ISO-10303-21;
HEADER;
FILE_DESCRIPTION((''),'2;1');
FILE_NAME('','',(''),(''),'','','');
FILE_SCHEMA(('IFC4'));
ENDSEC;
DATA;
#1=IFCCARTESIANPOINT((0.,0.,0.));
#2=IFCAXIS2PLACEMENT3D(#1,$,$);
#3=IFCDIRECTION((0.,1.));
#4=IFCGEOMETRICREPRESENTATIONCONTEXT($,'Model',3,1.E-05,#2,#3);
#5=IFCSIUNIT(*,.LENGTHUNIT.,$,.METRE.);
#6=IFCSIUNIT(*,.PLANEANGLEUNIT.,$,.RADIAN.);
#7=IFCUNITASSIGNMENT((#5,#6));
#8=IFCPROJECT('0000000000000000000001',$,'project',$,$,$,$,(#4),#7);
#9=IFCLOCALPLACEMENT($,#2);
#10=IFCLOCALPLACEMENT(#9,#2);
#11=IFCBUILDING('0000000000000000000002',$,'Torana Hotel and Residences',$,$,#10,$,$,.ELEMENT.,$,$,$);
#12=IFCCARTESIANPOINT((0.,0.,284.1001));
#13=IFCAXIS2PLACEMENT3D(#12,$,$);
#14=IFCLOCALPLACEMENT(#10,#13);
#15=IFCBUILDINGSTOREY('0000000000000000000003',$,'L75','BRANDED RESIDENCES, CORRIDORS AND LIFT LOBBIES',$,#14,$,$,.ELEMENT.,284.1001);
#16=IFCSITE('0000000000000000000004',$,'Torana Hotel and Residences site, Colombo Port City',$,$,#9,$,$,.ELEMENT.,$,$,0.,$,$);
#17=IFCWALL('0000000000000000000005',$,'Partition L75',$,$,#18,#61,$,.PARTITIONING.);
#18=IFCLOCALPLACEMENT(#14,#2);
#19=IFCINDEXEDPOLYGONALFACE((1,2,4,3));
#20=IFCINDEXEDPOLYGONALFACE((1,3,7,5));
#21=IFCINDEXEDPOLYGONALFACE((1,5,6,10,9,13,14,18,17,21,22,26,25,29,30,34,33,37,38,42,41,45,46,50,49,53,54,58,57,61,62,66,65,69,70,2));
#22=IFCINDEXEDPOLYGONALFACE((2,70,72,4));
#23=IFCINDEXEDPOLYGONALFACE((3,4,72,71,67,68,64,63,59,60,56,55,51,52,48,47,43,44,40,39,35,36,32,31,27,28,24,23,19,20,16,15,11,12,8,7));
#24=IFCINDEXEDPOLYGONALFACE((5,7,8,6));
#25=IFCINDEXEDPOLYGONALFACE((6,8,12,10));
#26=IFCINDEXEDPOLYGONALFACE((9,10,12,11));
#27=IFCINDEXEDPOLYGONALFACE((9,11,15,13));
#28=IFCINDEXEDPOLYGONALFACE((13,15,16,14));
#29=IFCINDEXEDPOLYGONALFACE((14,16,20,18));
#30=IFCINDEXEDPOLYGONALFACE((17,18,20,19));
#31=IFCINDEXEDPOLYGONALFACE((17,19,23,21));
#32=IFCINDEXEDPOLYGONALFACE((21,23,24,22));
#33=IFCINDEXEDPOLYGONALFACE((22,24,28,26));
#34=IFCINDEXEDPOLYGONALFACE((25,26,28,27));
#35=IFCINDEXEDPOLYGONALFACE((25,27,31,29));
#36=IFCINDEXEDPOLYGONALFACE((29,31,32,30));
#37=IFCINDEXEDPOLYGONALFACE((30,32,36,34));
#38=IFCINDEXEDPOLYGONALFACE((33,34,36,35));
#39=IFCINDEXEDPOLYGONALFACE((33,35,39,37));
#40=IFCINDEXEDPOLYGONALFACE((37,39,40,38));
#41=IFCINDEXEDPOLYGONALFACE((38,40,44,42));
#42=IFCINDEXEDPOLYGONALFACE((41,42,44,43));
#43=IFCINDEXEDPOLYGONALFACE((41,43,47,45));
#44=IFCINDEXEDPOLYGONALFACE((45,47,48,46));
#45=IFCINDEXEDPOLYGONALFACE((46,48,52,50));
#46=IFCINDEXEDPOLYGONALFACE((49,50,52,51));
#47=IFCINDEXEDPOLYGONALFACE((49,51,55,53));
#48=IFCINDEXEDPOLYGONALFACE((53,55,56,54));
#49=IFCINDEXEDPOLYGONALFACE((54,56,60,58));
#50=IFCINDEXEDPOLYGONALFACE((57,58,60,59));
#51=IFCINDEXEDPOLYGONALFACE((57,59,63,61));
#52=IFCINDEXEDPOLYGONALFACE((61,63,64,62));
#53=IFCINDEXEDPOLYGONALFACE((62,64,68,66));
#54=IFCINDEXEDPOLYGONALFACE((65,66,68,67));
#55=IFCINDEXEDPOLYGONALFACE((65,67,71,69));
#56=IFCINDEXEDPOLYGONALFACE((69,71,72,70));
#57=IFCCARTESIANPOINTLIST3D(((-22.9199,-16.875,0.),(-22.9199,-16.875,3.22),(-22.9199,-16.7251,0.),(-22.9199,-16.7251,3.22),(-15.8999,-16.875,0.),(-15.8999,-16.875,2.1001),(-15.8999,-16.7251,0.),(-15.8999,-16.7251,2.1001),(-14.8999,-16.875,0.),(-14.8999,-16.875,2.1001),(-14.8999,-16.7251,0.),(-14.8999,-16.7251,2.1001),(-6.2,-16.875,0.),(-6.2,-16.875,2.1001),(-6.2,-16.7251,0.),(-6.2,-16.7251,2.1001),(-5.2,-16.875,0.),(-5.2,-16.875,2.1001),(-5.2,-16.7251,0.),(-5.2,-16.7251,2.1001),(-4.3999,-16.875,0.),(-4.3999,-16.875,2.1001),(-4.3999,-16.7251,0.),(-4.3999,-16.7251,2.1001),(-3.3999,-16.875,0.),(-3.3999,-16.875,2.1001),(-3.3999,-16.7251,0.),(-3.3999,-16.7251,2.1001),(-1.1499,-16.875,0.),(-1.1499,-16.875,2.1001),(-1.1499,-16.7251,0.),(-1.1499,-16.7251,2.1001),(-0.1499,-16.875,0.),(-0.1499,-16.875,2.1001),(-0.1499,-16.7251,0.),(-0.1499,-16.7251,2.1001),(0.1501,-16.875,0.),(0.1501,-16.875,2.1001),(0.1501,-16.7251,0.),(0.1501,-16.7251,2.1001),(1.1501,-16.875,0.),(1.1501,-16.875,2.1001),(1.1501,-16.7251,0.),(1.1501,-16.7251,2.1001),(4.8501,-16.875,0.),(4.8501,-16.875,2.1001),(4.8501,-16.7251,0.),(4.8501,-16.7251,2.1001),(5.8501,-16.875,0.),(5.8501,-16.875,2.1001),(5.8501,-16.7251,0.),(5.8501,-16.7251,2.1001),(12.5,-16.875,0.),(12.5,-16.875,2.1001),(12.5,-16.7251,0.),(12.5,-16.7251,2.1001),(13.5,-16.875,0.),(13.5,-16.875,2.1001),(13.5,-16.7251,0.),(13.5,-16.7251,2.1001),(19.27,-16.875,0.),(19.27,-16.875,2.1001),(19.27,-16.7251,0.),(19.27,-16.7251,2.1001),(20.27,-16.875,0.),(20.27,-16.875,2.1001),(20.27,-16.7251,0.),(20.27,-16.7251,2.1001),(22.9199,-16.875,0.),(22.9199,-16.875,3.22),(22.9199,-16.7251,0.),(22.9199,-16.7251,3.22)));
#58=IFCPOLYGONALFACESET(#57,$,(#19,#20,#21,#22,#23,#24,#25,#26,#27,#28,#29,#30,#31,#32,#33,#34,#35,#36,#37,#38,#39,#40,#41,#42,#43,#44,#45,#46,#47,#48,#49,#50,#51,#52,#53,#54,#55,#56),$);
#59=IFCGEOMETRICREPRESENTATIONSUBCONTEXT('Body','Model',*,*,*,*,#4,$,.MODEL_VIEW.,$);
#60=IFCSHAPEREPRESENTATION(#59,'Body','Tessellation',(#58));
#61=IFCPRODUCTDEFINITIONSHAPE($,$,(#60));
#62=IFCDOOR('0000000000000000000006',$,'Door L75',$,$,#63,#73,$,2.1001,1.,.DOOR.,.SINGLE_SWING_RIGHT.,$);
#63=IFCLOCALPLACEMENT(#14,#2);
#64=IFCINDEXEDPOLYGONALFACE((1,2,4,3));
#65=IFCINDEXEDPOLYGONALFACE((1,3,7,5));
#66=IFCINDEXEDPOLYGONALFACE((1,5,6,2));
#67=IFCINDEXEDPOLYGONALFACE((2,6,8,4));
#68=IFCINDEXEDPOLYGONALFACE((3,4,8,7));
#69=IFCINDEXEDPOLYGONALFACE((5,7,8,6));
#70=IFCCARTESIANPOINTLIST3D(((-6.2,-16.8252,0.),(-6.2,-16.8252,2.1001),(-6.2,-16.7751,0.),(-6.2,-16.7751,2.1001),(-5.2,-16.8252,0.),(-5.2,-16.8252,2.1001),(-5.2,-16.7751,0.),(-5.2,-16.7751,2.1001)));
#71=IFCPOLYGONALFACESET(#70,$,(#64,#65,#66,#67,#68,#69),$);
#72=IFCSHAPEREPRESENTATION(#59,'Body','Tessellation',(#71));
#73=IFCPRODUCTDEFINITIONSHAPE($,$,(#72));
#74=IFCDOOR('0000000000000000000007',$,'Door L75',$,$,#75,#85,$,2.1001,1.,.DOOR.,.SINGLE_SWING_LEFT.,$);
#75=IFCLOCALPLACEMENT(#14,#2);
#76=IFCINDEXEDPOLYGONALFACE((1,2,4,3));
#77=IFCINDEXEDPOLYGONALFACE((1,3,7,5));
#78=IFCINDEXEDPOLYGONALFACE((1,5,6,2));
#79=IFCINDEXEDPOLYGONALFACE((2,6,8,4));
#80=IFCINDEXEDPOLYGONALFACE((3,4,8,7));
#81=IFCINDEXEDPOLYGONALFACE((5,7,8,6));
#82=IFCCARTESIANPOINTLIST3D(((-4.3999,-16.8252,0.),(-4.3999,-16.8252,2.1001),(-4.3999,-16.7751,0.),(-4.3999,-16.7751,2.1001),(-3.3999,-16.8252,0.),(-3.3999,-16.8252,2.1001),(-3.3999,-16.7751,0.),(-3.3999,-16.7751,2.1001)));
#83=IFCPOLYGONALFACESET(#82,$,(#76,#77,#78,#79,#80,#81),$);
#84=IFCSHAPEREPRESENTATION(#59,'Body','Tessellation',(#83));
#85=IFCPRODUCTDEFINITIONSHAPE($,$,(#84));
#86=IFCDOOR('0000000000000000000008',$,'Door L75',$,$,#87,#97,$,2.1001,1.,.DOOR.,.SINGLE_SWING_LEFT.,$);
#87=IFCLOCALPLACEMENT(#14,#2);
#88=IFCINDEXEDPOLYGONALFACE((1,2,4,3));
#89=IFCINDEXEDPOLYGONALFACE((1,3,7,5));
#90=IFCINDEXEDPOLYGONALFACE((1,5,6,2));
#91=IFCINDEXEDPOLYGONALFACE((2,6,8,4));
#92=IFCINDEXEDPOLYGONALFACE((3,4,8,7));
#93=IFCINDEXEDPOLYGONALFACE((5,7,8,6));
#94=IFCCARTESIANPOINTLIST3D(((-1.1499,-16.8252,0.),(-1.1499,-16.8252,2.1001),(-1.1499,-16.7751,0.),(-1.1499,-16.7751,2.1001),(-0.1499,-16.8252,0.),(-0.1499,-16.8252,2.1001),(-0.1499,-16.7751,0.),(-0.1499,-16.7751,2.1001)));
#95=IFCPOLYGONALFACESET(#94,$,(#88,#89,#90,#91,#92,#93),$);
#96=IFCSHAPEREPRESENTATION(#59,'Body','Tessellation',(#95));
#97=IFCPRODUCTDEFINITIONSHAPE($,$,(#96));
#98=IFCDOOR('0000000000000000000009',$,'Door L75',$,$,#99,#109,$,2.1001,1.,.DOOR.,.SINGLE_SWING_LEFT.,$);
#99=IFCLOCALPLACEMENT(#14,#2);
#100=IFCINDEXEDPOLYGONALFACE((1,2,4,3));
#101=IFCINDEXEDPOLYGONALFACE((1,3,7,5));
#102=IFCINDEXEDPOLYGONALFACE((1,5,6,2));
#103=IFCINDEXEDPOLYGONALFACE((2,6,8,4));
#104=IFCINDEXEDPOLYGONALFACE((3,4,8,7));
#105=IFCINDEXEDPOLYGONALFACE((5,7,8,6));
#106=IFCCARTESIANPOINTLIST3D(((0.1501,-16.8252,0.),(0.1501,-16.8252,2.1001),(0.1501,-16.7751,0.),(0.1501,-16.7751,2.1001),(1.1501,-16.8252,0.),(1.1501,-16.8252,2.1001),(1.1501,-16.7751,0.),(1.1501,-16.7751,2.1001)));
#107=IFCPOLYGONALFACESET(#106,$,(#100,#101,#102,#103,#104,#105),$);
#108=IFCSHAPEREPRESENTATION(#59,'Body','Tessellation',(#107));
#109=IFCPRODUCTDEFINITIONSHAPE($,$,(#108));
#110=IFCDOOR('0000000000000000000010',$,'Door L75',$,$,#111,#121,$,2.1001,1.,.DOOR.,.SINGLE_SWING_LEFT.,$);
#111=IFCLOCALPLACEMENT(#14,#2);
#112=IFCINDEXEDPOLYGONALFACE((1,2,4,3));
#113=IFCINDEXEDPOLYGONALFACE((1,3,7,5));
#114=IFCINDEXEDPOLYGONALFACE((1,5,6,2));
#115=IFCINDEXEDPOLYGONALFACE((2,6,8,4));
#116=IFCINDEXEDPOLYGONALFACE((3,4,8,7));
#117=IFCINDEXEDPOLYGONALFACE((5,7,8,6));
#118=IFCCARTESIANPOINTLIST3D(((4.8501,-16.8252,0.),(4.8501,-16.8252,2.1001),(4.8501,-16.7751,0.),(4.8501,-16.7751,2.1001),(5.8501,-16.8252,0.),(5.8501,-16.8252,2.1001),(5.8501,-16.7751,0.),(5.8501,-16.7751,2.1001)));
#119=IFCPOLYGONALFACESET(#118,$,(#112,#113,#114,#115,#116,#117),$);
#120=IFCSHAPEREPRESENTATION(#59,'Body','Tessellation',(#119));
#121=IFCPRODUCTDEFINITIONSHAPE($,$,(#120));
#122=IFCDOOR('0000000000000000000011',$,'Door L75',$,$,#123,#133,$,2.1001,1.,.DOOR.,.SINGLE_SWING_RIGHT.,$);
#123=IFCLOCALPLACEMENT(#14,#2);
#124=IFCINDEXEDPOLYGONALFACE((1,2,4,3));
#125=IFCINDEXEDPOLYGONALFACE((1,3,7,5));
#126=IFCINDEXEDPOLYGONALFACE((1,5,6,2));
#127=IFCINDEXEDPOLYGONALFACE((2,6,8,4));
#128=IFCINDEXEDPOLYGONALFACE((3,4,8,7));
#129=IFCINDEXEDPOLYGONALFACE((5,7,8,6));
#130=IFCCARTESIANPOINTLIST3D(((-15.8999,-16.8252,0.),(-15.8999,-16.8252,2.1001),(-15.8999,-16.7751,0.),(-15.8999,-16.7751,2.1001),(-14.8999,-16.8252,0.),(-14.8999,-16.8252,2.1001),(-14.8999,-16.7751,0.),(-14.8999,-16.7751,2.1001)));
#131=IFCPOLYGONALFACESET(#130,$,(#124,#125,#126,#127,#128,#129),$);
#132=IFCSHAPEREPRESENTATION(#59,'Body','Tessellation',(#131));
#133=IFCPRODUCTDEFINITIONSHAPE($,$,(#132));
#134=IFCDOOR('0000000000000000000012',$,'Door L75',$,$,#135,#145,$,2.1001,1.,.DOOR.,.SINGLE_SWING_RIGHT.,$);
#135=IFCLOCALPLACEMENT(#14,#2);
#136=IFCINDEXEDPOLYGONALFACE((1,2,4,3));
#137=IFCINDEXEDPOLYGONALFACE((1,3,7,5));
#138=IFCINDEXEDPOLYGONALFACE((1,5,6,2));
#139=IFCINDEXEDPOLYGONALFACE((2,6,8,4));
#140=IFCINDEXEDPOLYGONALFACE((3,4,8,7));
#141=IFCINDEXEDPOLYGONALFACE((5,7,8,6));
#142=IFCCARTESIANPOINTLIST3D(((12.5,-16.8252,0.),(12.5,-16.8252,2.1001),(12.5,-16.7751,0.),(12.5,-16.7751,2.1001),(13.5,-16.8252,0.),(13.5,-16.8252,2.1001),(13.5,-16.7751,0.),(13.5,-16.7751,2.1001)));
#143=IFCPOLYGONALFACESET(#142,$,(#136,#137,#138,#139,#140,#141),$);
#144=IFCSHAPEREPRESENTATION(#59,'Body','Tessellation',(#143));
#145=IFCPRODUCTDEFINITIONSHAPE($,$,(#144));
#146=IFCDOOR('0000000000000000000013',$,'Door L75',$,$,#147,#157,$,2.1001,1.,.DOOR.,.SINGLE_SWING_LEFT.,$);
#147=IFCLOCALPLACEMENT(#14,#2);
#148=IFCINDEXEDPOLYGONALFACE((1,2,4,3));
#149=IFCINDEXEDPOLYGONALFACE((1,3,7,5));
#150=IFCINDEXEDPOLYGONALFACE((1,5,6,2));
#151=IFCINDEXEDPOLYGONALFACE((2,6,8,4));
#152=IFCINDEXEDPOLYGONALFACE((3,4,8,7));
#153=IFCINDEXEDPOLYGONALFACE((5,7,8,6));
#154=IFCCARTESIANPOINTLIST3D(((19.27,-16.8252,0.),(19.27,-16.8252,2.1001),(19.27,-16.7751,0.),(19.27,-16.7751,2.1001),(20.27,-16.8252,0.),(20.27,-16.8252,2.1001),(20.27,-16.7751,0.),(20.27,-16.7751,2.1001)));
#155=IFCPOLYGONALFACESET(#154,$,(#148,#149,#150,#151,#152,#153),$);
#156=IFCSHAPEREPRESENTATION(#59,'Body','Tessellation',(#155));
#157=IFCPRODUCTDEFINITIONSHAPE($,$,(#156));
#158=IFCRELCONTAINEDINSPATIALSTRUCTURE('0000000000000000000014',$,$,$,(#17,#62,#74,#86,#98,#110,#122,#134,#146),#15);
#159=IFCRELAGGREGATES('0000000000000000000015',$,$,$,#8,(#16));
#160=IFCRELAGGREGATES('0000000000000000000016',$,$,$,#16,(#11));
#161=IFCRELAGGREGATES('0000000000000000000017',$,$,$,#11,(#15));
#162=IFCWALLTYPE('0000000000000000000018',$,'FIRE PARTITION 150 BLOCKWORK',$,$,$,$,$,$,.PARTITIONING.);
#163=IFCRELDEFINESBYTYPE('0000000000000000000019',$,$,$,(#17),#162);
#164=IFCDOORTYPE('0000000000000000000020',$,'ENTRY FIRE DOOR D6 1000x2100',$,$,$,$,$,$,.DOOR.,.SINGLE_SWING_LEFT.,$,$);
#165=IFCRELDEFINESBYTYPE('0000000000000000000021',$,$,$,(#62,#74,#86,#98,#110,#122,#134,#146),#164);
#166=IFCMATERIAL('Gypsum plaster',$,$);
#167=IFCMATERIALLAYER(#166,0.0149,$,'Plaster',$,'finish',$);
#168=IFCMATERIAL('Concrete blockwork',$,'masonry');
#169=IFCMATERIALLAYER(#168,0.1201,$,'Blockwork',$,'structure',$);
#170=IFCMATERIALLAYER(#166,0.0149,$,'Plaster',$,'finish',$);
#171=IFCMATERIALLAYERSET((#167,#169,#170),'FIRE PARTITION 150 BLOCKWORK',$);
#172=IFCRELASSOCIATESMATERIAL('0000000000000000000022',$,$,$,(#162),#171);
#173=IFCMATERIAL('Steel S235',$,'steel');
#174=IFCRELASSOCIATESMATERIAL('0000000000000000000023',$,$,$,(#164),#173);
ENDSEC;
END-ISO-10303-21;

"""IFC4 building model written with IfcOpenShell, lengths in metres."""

from ifc_helpers import new_model, si_unit, direction, frame, frame_2d, origin, place, context, subcontext, project, spatial, rectangle, extrude, material, layer, layer_set, type_object, element, fill, save


model = new_model("IFC4")

# Units and contexts
model_context = context("Model", 3, precision=1e-05, world=origin(), true_north=direction((0.0, 1.0)))
body_context = subcontext(model_context, "Body", "Model", "MODEL_VIEW")
ifc_project = project(units=[si_unit("LENGTHUNIT", "METRE"), si_unit("PLANEANGLEUNIT", "RADIAN")], contexts=[model_context])

# Site, building, storey
site_placement = place(None, origin())
site = spatial("IfcSite", under=ifc_project, at=site_placement, Name="Torana Hotel and Residences site, Colombo Port City", CompositionType="ELEMENT", RefElevation=0.0)
building_placement = place(site_placement, origin())
building = spatial("IfcBuilding", under=site, at=building_placement, Name="Torana Hotel and Residences", CompositionType="ELEMENT")
storey_placement = place(building_placement, frame((0.0, 0.0, 284.1001)))
storey = spatial("IfcBuildingStorey", under=building, at=storey_placement, Name="L75", Description="BRANDED RESIDENCES, CORRIDORS AND LIFT LOBBIES", CompositionType="ELEMENT", Elevation=284.1001)

# Shared definitions
ifc_material_1 = material(Name="Gypsum plaster")
ifc_layer_1 = layer(ifc_material_1, 0.0149, Name="Plaster", Category="finish")
ifc_material_2 = material(Name="Concrete blockwork", Category="masonry")
ifc_layer_2 = layer(ifc_material_2, 0.1201, Name="Blockwork", Category="structure")
ifc_layer_3 = layer(ifc_material_1, 0.0149, Name="Plaster", Category="finish")
ifc_layer_set_1 = layer_set([ifc_layer_1, ifc_layer_2, ifc_layer_3], Name="FIRE PARTITION 150 BLOCKWORK")
wall_type_1 = type_object("IfcWallType", Name="FIRE PARTITION 150 BLOCKWORK", PredefinedType="PARTITIONING", material=ifc_layer_set_1)
ifc_material_3 = material(Name="Steel S235", Category="steel")
door_type_1 = type_object("IfcDoorType", Name="ENTRY FIRE DOOR D6 1000x2100", OperationType="SINGLE_SWING_LEFT", PredefinedType="DOOR", material=ifc_material_3)

# Wall, openings, doors
wall_1_placement = place(storey_placement, frame((-22.9199, -16.8, 0.0), z_axis=(0.0, 0.0, 1.0), x_axis=(1.0, 0.0, 0.0)))
wall_1 = element("IfcWall", 1, at=wall_1_placement, inside=storey, type_object=wall_type_1, Name="Partition L75", PredefinedType="PARTITIONING", context=body_context, shape_type="SweptSolid", body=[
    extrude(rectangle(XDim=45.8398, YDim=0.1499, at=frame_2d((22.9199, 0.0))), origin(), (0.0, 0.0, 1.0), 3.22),
])
opening_1_placement = place(wall_1_placement, frame((16.72, 0.0, 0.0)))
opening_1 = element("IfcOpeningElement", 2, at=opening_1_placement, cuts=wall_1, PredefinedType="OPENING", context=body_context, shape_type="SweptSolid", body=[
    extrude(rectangle(XDim=1.0, YDim=2.1001, at=frame_2d((0.5, 1.05))), frame((0.0, 0.085, 0.0), z_axis=(0.0, -1.0, 0.0), x_axis=(1.0, 0.0, 0.0)), (0.0, 0.0, 1.0), 0.1699),
])
opening_2_placement = place(wall_1_placement, frame((18.52, 0.0, 0.0)))
opening_2 = element("IfcOpeningElement", 3, at=opening_2_placement, cuts=wall_1, PredefinedType="OPENING", context=body_context, shape_type="SweptSolid", body=[
    extrude(rectangle(XDim=1.0, YDim=2.1001, at=frame_2d((0.5, 1.05))), frame((0.0, 0.085, 0.0), z_axis=(0.0, -1.0, 0.0), x_axis=(1.0, 0.0, 0.0)), (0.0, 0.0, 1.0), 0.1699),
])
opening_3_placement = place(wall_1_placement, frame((21.77, 0.0, 0.0)))
opening_3 = element("IfcOpeningElement", 4, at=opening_3_placement, cuts=wall_1, PredefinedType="OPENING", context=body_context, shape_type="SweptSolid", body=[
    extrude(rectangle(XDim=1.0, YDim=2.1001, at=frame_2d((0.5, 1.05))), frame((0.0, 0.085, 0.0), z_axis=(0.0, -1.0, 0.0), x_axis=(1.0, 0.0, 0.0)), (0.0, 0.0, 1.0), 0.1699),
])
opening_4_placement = place(wall_1_placement, frame((23.0701, 0.0, 0.0)))
opening_4 = element("IfcOpeningElement", 5, at=opening_4_placement, cuts=wall_1, PredefinedType="OPENING", context=body_context, shape_type="SweptSolid", body=[
    extrude(rectangle(XDim=1.0, YDim=2.1001, at=frame_2d((0.5, 1.05))), frame((0.0, 0.085, 0.0), z_axis=(0.0, -1.0, 0.0), x_axis=(1.0, 0.0, 0.0)), (0.0, 0.0, 1.0), 0.1699),
])
opening_5_placement = place(wall_1_placement, frame((27.77, 0.0, 0.0)))
opening_5 = element("IfcOpeningElement", 6, at=opening_5_placement, cuts=wall_1, PredefinedType="OPENING", context=body_context, shape_type="SweptSolid", body=[
    extrude(rectangle(XDim=1.0, YDim=2.1001, at=frame_2d((0.5, 1.05))), frame((0.0, 0.085, 0.0), z_axis=(0.0, -1.0, 0.0), x_axis=(1.0, 0.0, 0.0)), (0.0, 0.0, 1.0), 0.1699),
])
opening_6_placement = place(wall_1_placement, frame((7.02, 0.0, 0.0)))
opening_6 = element("IfcOpeningElement", 7, at=opening_6_placement, cuts=wall_1, PredefinedType="OPENING", context=body_context, shape_type="SweptSolid", body=[
    extrude(rectangle(XDim=1.0, YDim=2.1001, at=frame_2d((0.5, 1.05))), frame((0.0, 0.085, 0.0), z_axis=(0.0, -1.0, 0.0), x_axis=(1.0, 0.0, 0.0)), (0.0, 0.0, 1.0), 0.1699),
])
opening_7_placement = place(wall_1_placement, frame((35.4199, 0.0, 0.0)))
opening_7 = element("IfcOpeningElement", 8, at=opening_7_placement, cuts=wall_1, PredefinedType="OPENING", context=body_context, shape_type="SweptSolid", body=[
    extrude(rectangle(XDim=1.0, YDim=2.1001, at=frame_2d((0.5, 1.05))), frame((0.0, 0.085, 0.0), z_axis=(0.0, -1.0, 0.0), x_axis=(1.0, 0.0, 0.0)), (0.0, 0.0, 1.0), 0.1699),
])
opening_8_placement = place(wall_1_placement, frame((42.1899, 0.0, 0.0)))
opening_8 = element("IfcOpeningElement", 9, at=opening_8_placement, cuts=wall_1, PredefinedType="OPENING", context=body_context, shape_type="SweptSolid", body=[
    extrude(rectangle(XDim=1.0, YDim=2.1001, at=frame_2d((0.5, 1.05))), frame((0.0, 0.085, 0.0), z_axis=(0.0, -1.0, 0.0), x_axis=(1.0, 0.0, 0.0)), (0.0, 0.0, 1.0), 0.1699),
])
door_1_placement = place(opening_1_placement, origin())
door_1 = element("IfcDoor", 10, at=door_1_placement, inside=storey, type_object=door_type_1, Name="Door L75", OperationType="SINGLE_SWING_RIGHT", OverallHeight=2.1001, OverallWidth=1.0, PredefinedType="DOOR", context=body_context, shape_type="SweptSolid", body=[
    extrude(rectangle(XDim=1.0, YDim=2.1001, at=frame_2d((0.5, 1.05))), frame((0.0, 0.0249, 0.0), z_axis=(0.0, -1.0, 0.0), x_axis=(1.0, 0.0, 0.0)), (0.0, 0.0, 1.0), 0.05),
])
fill(opening_1, door_1)
door_2_placement = place(opening_2_placement, frame((0.5, 0.0, 0.0), z_axis=(0.0, 0.0, 1.0), x_axis=(-1.0, 0.0, 0.0)))
door_2 = element("IfcDoor", 11, at=door_2_placement, inside=storey, type_object=door_type_1, Name="Door L75", OperationType="SINGLE_SWING_LEFT", OverallHeight=2.1001, OverallWidth=1.0, PredefinedType="DOOR", context=body_context, shape_type="SweptSolid", body=[
    extrude(rectangle(XDim=1.0, YDim=2.1001, at=frame_2d((0.0, 1.05))), frame((0.0, -0.0249, 0.0), z_axis=(0.0, 1.0, 0.0), x_axis=(-1.0, 0.0, 0.0)), (0.0, 0.0, 1.0), 0.05),
])
fill(opening_2, door_2)
door_3_placement = place(opening_3_placement, frame((0.5, 0.0, 0.0), z_axis=(0.0, 0.0, 1.0), x_axis=(-1.0, 0.0, 0.0)))
door_3 = element("IfcDoor", 12, at=door_3_placement, inside=storey, type_object=door_type_1, Name="Door L75", OperationType="SINGLE_SWING_LEFT", OverallHeight=2.1001, OverallWidth=1.0, PredefinedType="DOOR", context=body_context, shape_type="SweptSolid", body=[
    extrude(rectangle(XDim=1.0, YDim=2.1001, at=frame_2d((0.0, 1.05))), frame((0.0, -0.0249, 0.0), z_axis=(0.0, 1.0, 0.0), x_axis=(-1.0, 0.0, 0.0)), (0.0, 0.0, 1.0), 0.05),
])
fill(opening_3, door_3)
door_4_placement = place(opening_4_placement, frame((0.5, 0.0, 0.0), z_axis=(0.0, 0.0, 1.0), x_axis=(-1.0, 0.0, 0.0)))
door_4 = element("IfcDoor", 13, at=door_4_placement, inside=storey, type_object=door_type_1, Name="Door L75", OperationType="SINGLE_SWING_LEFT", OverallHeight=2.1001, OverallWidth=1.0, PredefinedType="DOOR", context=body_context, shape_type="SweptSolid", body=[
    extrude(rectangle(XDim=1.0, YDim=2.1001, at=frame_2d((0.0, 1.05))), frame((0.0, -0.0249, 0.0), z_axis=(0.0, 1.0, 0.0), x_axis=(-1.0, 0.0, 0.0)), (0.0, 0.0, 1.0), 0.05),
])
fill(opening_4, door_4)
door_5_placement = place(opening_5_placement, frame((0.5, 0.0, 0.0), z_axis=(0.0, 0.0, 1.0), x_axis=(-1.0, 0.0, 0.0)))
door_5 = element("IfcDoor", 14, at=door_5_placement, inside=storey, type_object=door_type_1, Name="Door L75", OperationType="SINGLE_SWING_LEFT", OverallHeight=2.1001, OverallWidth=1.0, PredefinedType="DOOR", context=body_context, shape_type="SweptSolid", body=[
    extrude(rectangle(XDim=1.0, YDim=2.1001, at=frame_2d((0.0, 1.05))), frame((0.0, -0.0249, 0.0), z_axis=(0.0, 1.0, 0.0), x_axis=(-1.0, 0.0, 0.0)), (0.0, 0.0, 1.0), 0.05),
])
fill(opening_5, door_5)
door_6_placement = place(opening_6_placement, origin())
door_6 = element("IfcDoor", 15, at=door_6_placement, inside=storey, type_object=door_type_1, Name="Door L75", OperationType="SINGLE_SWING_RIGHT", OverallHeight=2.1001, OverallWidth=1.0, PredefinedType="DOOR", context=body_context, shape_type="SweptSolid", body=[
    extrude(rectangle(XDim=1.0, YDim=2.1001, at=frame_2d((0.5, 1.05))), frame((0.0, 0.0249, 0.0), z_axis=(0.0, -1.0, 0.0), x_axis=(1.0, 0.0, 0.0)), (0.0, 0.0, 1.0), 0.05),
])
fill(opening_6, door_6)
door_7_placement = place(opening_7_placement, origin())
door_7 = element("IfcDoor", 16, at=door_7_placement, inside=storey, type_object=door_type_1, Name="Door L75", OperationType="SINGLE_SWING_RIGHT", OverallHeight=2.1001, OverallWidth=1.0, PredefinedType="DOOR", context=body_context, shape_type="SweptSolid", body=[
    extrude(rectangle(XDim=1.0, YDim=2.1001, at=frame_2d((0.5, 1.05))), frame((0.0, 0.0249, 0.0), z_axis=(0.0, -1.0, 0.0), x_axis=(1.0, 0.0, 0.0)), (0.0, 0.0, 1.0), 0.05),
])
fill(opening_7, door_7)
door_8_placement = place(opening_8_placement, frame((0.5, 0.0, 0.0), z_axis=(0.0, 0.0, 1.0), x_axis=(-1.0, 0.0, 0.0)))
door_8 = element("IfcDoor", 17, at=door_8_placement, inside=storey, type_object=door_type_1, Name="Door L75", OperationType="SINGLE_SWING_LEFT", OverallHeight=2.1001, OverallWidth=1.0, PredefinedType="DOOR", context=body_context, shape_type="SweptSolid", body=[
    extrude(rectangle(XDim=1.0, YDim=2.1001, at=frame_2d((0.0, 1.05))), frame((0.0, -0.0249, 0.0), z_axis=(0.0, 1.0, 0.0), x_axis=(-1.0, 0.0, 0.0)), (0.0, 0.0, 1.0), 0.05),
])
fill(opening_8, door_8)

save(model, "model.ifc")
